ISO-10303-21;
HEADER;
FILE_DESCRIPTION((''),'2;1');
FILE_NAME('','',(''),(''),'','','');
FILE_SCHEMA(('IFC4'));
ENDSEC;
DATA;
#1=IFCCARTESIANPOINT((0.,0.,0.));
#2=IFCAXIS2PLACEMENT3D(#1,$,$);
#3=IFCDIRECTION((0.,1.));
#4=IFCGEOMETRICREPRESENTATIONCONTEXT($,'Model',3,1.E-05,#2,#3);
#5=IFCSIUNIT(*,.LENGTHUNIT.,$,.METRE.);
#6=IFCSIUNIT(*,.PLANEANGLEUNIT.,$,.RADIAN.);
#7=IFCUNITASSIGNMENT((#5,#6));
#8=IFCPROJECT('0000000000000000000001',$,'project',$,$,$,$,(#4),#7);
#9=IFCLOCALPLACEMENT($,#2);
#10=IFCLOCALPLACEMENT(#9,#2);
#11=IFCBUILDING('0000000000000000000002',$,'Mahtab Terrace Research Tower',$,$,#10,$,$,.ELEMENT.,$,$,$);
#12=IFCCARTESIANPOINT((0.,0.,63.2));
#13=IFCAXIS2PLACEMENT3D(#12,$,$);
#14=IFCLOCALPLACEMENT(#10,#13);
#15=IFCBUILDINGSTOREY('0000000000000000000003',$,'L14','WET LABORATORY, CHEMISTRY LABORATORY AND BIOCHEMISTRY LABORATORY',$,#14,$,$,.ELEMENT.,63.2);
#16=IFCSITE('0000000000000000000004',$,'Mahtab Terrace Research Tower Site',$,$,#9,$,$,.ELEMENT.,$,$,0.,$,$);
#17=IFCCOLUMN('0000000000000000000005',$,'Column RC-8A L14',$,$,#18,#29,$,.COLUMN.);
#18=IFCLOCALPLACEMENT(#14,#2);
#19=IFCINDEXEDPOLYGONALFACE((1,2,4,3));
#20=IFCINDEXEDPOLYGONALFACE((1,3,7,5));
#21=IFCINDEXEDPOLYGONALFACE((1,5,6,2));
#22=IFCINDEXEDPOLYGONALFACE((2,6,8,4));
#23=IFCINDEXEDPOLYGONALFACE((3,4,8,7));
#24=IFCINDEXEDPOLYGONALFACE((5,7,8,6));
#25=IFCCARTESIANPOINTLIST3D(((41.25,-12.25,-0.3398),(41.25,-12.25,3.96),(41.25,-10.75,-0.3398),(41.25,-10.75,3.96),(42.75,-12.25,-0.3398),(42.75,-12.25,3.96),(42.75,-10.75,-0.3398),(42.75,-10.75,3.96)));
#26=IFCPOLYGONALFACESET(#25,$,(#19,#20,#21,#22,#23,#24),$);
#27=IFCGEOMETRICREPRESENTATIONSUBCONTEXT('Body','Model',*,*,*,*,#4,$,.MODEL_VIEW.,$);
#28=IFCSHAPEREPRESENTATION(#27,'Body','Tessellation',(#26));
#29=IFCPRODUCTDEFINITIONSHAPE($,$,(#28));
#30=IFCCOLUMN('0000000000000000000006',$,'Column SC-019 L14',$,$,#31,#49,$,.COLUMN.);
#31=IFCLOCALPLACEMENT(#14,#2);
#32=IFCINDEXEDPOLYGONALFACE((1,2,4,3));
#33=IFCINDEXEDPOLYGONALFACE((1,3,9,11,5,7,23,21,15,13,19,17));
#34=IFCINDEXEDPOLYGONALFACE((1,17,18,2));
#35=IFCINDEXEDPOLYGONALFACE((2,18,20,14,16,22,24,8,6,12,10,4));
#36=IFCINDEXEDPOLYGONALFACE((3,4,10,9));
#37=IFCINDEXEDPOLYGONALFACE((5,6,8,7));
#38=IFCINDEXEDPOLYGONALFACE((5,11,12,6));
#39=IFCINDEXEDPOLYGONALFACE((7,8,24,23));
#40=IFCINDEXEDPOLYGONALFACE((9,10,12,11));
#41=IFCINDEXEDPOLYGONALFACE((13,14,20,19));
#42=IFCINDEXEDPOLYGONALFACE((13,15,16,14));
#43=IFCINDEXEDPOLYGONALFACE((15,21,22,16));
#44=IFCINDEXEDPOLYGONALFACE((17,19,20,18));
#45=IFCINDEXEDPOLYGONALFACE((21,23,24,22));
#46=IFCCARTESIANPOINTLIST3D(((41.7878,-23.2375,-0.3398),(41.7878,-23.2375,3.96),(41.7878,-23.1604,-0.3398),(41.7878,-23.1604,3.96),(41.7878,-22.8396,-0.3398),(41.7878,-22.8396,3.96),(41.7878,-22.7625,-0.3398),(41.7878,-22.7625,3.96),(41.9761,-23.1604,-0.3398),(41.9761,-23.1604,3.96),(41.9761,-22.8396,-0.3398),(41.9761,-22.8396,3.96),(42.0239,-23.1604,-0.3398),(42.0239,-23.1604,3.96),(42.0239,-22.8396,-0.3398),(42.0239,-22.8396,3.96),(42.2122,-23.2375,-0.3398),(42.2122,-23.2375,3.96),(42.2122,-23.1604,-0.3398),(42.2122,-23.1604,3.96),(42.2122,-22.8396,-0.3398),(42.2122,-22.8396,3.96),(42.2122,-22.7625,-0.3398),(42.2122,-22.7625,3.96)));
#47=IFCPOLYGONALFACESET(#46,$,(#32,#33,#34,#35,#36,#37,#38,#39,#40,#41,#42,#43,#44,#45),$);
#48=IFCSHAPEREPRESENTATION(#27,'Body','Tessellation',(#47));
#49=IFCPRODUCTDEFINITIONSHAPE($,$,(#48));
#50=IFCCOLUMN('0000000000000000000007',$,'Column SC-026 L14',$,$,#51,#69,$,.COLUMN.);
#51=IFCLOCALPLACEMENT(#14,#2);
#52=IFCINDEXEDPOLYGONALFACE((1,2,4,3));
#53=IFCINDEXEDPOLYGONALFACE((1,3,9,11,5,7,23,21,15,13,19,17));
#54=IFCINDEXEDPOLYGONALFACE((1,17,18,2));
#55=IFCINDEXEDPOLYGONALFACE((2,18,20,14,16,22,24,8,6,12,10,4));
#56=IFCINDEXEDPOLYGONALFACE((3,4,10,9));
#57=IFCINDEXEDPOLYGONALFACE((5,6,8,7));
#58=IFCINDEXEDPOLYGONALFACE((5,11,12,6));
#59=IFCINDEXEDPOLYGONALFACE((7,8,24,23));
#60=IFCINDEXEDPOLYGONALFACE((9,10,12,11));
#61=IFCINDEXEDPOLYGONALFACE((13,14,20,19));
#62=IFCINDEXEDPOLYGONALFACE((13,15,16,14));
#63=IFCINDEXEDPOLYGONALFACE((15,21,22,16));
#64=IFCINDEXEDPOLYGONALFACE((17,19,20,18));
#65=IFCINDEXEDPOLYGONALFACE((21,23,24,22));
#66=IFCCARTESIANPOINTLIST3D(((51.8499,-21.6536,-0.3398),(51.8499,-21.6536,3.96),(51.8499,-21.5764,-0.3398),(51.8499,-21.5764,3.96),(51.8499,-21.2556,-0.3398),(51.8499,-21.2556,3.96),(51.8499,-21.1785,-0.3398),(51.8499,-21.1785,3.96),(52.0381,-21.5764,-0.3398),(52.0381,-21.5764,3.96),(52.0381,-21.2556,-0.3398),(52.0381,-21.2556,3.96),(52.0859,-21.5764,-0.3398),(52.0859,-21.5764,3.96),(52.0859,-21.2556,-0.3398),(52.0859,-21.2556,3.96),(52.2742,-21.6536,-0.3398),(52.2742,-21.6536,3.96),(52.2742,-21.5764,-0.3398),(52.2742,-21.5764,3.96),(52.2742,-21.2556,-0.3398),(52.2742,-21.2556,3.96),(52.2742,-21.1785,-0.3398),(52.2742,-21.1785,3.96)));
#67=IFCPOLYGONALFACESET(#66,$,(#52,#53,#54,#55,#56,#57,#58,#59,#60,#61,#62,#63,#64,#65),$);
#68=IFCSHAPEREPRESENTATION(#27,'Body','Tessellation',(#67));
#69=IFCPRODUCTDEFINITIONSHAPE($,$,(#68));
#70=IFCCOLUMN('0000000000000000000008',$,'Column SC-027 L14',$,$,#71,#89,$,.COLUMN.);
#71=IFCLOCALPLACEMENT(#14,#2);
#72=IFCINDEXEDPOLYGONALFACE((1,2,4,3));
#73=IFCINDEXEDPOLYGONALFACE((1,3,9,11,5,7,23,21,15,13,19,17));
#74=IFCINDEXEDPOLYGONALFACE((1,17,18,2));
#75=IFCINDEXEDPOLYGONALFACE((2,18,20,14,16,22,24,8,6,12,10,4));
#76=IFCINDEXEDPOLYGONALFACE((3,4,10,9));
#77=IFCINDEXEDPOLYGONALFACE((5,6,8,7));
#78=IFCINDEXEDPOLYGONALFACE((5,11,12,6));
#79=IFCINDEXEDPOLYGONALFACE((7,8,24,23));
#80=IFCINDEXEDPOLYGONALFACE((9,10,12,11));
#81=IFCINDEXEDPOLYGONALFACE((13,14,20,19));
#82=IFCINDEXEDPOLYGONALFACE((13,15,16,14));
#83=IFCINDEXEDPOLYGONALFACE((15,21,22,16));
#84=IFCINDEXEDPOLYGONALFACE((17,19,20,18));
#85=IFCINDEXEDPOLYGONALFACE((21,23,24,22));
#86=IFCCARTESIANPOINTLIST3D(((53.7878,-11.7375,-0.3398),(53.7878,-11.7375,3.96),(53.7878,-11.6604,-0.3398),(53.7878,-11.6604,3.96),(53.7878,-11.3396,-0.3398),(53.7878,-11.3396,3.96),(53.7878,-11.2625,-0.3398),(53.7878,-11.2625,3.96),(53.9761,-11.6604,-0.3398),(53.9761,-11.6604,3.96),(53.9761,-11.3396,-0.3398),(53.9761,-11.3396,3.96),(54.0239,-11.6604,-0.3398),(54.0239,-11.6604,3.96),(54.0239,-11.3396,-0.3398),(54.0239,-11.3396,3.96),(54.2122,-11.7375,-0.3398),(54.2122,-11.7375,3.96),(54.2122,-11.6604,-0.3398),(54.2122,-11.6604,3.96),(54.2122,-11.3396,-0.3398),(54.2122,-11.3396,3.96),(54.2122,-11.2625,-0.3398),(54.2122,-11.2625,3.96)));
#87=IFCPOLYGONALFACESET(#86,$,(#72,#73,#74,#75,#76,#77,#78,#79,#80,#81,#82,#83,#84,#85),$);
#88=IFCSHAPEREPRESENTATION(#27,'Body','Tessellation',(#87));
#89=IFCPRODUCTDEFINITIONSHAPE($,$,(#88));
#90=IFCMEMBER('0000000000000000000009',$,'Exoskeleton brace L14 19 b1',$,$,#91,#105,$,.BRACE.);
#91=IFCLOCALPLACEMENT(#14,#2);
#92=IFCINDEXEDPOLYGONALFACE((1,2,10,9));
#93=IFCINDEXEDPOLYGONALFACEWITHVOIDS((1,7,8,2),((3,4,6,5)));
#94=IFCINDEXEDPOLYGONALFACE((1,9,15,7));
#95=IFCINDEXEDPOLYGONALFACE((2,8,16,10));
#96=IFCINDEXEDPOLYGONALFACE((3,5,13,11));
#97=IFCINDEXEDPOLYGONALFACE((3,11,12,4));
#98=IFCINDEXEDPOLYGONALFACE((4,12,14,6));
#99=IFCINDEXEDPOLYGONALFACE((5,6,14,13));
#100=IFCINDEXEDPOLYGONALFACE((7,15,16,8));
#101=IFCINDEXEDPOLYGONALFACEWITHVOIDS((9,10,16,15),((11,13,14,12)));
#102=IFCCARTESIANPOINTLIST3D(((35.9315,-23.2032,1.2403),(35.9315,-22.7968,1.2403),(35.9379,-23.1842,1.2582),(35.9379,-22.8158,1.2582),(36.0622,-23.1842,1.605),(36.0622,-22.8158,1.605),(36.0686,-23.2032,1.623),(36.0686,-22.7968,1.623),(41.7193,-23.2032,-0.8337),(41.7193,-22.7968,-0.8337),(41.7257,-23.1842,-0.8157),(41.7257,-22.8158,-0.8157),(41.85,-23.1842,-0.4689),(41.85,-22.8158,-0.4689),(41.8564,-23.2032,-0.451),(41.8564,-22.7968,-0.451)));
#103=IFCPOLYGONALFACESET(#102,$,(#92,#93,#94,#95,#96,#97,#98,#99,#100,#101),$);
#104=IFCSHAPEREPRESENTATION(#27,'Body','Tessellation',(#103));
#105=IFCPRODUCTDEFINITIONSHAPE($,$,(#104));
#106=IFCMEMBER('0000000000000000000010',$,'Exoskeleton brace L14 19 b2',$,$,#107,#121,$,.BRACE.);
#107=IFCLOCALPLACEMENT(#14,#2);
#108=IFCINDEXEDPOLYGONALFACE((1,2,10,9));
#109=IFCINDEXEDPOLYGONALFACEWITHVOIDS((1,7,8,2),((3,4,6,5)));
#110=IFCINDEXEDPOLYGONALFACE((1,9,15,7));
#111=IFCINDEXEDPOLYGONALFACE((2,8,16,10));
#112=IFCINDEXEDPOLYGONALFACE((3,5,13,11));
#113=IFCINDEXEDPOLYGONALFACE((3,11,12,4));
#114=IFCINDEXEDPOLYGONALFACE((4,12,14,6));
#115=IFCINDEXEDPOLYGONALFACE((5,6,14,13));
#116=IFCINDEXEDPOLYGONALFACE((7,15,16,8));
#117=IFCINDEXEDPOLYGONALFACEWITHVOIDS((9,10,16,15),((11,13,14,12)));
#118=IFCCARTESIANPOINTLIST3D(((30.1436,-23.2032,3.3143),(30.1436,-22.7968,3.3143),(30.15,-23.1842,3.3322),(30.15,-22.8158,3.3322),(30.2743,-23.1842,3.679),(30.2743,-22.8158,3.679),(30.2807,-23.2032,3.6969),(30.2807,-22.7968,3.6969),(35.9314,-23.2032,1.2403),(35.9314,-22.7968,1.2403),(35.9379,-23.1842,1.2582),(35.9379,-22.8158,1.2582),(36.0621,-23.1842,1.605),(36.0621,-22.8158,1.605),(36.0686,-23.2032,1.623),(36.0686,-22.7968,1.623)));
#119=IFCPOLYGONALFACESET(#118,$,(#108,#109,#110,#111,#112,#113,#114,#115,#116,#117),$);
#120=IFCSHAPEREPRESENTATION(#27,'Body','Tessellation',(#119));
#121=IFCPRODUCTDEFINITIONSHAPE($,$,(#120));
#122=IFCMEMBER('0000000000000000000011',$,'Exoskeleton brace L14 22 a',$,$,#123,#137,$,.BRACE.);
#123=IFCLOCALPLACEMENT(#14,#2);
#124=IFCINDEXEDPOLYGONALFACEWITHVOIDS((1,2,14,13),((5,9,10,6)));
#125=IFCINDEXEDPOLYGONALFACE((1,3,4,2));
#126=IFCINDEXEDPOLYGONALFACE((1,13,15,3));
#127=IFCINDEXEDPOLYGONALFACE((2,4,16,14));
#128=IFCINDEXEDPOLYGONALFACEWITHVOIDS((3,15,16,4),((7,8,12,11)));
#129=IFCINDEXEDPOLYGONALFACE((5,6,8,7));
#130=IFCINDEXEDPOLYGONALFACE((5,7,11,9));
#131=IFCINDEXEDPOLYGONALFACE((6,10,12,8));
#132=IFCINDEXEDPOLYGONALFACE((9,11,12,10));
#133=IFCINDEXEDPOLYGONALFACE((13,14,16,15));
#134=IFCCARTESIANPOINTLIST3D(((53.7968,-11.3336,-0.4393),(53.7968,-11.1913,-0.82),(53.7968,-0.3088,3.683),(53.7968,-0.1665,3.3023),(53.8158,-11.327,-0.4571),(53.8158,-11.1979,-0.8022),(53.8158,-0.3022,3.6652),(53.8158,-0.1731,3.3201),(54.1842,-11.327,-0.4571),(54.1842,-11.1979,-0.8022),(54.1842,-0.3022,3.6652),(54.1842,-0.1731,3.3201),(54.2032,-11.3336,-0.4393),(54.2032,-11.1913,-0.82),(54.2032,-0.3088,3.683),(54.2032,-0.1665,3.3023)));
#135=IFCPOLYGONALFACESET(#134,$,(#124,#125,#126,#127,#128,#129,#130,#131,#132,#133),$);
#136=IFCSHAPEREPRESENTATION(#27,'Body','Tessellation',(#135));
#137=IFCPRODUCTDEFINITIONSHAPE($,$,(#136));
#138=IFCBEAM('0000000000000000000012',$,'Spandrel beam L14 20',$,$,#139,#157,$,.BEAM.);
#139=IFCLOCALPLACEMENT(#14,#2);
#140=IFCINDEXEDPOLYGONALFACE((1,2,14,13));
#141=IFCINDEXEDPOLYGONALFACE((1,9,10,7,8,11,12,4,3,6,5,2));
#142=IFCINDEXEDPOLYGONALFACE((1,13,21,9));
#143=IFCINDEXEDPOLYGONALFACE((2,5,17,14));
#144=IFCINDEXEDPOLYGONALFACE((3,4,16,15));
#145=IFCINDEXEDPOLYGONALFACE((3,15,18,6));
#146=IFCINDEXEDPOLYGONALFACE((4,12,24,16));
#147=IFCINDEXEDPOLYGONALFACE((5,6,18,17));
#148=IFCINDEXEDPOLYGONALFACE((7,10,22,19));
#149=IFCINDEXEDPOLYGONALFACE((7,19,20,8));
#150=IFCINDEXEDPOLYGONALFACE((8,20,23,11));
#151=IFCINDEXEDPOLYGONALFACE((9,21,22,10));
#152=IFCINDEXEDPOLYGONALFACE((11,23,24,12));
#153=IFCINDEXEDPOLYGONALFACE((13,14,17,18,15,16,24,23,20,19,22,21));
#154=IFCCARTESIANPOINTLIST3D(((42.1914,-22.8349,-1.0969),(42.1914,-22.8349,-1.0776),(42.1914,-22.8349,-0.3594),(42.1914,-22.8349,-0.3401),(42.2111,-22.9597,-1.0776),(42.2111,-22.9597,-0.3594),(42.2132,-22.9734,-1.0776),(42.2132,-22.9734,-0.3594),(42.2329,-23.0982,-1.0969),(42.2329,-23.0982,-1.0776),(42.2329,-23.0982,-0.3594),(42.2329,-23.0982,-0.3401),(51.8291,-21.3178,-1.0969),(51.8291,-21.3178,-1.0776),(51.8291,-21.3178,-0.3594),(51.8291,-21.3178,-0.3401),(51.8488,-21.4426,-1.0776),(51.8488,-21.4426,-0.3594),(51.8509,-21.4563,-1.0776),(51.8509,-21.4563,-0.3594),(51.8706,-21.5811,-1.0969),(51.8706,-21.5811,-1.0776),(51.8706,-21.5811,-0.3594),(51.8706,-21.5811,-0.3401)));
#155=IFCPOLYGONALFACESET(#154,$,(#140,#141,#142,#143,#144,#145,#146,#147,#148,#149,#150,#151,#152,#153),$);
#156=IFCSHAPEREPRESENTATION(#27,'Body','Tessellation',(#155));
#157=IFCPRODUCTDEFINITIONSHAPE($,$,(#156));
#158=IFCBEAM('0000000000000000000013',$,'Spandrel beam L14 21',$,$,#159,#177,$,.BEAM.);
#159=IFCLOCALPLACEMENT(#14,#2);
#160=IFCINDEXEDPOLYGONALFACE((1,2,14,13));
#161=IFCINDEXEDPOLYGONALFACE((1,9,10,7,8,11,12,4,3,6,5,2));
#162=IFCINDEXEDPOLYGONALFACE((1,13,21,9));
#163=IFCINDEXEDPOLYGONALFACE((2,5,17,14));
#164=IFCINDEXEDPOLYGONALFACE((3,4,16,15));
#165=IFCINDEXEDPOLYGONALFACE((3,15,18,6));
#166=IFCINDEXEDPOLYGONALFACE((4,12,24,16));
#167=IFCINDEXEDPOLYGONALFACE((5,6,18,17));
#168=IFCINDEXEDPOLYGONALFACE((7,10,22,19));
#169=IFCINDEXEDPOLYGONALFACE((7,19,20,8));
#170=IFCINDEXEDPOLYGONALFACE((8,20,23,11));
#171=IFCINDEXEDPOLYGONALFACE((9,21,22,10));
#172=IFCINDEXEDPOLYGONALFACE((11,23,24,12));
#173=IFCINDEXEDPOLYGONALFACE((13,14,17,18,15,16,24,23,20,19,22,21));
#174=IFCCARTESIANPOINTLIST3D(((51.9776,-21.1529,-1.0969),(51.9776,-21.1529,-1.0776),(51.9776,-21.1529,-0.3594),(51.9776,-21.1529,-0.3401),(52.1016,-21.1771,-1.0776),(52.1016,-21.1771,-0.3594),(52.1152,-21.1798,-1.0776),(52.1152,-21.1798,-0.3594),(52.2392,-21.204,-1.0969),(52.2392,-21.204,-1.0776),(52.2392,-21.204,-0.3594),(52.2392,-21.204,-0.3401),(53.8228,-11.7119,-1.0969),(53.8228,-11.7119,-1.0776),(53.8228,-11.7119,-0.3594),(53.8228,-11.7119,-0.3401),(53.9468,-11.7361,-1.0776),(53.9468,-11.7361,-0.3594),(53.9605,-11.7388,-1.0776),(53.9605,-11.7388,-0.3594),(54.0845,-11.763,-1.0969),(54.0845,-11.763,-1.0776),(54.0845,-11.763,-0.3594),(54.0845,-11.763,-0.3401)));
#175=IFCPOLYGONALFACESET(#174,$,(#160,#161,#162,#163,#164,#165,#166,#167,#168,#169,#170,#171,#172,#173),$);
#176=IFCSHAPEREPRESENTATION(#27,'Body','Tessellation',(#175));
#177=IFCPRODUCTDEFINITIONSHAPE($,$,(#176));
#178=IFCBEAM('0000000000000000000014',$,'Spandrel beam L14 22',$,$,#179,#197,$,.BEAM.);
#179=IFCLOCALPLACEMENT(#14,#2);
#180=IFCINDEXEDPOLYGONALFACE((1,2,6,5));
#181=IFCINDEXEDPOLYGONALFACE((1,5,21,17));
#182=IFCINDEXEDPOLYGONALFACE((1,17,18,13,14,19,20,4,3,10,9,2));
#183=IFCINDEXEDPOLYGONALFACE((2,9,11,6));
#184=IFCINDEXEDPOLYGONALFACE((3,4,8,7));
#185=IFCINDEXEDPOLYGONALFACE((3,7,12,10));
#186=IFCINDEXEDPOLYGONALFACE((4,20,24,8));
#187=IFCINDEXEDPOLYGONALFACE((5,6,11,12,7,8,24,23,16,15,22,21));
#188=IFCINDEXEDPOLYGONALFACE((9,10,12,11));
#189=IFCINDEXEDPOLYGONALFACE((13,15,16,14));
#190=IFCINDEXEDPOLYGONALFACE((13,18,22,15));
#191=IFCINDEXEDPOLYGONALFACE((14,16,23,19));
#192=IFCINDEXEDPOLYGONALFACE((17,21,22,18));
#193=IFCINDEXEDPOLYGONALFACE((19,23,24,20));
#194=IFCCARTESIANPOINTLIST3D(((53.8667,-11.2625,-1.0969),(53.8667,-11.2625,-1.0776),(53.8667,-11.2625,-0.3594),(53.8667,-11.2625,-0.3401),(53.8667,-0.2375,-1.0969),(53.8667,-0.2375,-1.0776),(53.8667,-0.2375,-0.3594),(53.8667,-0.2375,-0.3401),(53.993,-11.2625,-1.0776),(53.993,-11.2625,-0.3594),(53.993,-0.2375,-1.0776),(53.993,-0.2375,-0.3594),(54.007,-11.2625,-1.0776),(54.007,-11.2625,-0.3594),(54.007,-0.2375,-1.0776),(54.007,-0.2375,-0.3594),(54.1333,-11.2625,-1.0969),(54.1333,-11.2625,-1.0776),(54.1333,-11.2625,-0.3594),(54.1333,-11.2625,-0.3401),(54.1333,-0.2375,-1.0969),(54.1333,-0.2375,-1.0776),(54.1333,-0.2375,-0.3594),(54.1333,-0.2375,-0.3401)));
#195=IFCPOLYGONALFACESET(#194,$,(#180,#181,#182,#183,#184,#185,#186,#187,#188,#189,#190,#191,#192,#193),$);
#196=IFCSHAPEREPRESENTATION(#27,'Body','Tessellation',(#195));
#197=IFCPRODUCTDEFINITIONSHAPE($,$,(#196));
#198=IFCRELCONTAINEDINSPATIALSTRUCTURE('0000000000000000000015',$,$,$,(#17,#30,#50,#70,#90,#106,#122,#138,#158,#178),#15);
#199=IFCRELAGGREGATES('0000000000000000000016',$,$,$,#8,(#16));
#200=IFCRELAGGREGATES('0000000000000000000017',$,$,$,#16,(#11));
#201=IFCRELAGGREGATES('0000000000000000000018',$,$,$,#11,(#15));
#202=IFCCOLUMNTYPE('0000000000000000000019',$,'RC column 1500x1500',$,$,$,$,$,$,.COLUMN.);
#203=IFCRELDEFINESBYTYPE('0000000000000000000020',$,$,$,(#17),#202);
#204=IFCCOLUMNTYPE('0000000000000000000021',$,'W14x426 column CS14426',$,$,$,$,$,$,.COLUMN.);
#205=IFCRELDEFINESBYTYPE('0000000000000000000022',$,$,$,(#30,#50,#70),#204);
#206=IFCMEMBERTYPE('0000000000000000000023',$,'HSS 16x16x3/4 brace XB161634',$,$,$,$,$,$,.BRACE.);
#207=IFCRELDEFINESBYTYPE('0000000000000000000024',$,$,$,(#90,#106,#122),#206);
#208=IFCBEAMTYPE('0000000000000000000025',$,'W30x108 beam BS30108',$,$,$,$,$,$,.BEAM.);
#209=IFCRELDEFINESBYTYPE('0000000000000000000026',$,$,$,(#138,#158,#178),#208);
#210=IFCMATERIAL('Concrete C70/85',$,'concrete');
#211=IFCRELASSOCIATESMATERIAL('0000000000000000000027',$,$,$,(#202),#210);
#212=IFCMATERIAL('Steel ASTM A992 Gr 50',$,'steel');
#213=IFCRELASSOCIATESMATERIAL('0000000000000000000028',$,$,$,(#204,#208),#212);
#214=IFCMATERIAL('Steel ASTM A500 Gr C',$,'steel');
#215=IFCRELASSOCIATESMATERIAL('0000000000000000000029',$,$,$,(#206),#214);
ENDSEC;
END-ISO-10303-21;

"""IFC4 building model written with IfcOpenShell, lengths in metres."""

from ifc_helpers import new_model, si_unit, direction, frame, origin, origin_2d, place, context, subcontext, project, spatial, rectangle, hollow_rectangle, i_section, extrude, material, material_profile, profile_set, type_object, element, save


model = new_model("IFC4")

# Units and contexts
model_context = context("Model", 3, precision=1e-05, world=origin(), true_north=direction((0.0, 1.0)))
body_context = subcontext(model_context, "Body", "Model", "MODEL_VIEW")
ifc_project = project(units=[si_unit("LENGTHUNIT", "METRE"), si_unit("PLANEANGLEUNIT", "RADIAN")], contexts=[model_context])

# Site, building, storey
site_placement = place(None, origin())
site = spatial("IfcSite", under=ifc_project, at=site_placement, Name="Mahtab Terrace Research Tower Site", CompositionType="ELEMENT", RefElevation=0.0)
building_placement = place(site_placement, origin())
building = spatial("IfcBuilding", under=site, at=building_placement, Name="Mahtab Terrace Research Tower", CompositionType="ELEMENT")
storey_placement = place(building_placement, frame((0.0, 0.0, 63.2)))
storey = spatial("IfcBuildingStorey", under=building, at=storey_placement, Name="L14", Description="WET LABORATORY, CHEMISTRY LABORATORY AND BIOCHEMISTRY LABORATORY", CompositionType="ELEMENT", Elevation=63.2)

# Columns
ifc_material_1 = material(Name="Concrete C70/85", Category="concrete")
ifc_material_profile_1 = material_profile(ifc_material_1, rectangle(XDim=1.5, YDim=1.5, at=origin_2d()), Name="RC column 1500x1500")
ifc_profile_set_1 = profile_set([ifc_material_profile_1], Name="Concrete C70/85")
column_type_1 = type_object("IfcColumnType", Name="RC column 1500x1500", PredefinedType="COLUMN", material=ifc_profile_set_1)
column_placement = place(storey_placement, frame((42.0, -11.5, -0.3398), z_axis=(0.0, 0.0, 1.0), x_axis=(1.0, 0.0, 0.0)))
element("IfcColumn", 1, at=column_placement, inside=storey, type_object=column_type_1, Name="Column RC-8A L14", PredefinedType="COLUMN", context=body_context, shape_type="SweptSolid", body=[
    extrude(rectangle(XDim=1.5, YDim=1.5, at=origin_2d()), origin(), (0.0, 0.0, 1.0), 4.2998),
])
ifc_material_2 = material(Name="Steel ASTM A992 Gr 50", Category="steel")
ifc_material_profile_2 = material_profile(ifc_material_2, i_section(OverallWidth=0.4243, OverallDepth=0.4751, WebThickness=0.0479, FlangeThickness=0.0771, at=origin_2d()), Name="W14X426")
ifc_profile_set_2 = profile_set([ifc_material_profile_2], Name="Steel ASTM A992 Gr 50")
column_type_2 = type_object("IfcColumnType", Name="W14x426 column CS14426", PredefinedType="COLUMN", material=ifc_profile_set_2)
for number, where, z_axis, x_axis, name in (
    (2, (42.0, -23.0, -0.3398), (0.0, 0.0, 1.0), (1.0, 0.0, 0.0), "Column SC-019 L14"),
    (3, (52.062, -21.416, -0.3398), (0.0, 0.0, 1.0), (1.0, 0.0, 0.0), "Column SC-026 L14"),
    (4, (54.0, -11.5, -0.3398), (0.0, 0.0, 1.0), (1.0, 0.0, 0.0), "Column SC-027 L14"),
):
    element("IfcColumn", number, at=place(storey_placement, frame(where, z_axis=z_axis, x_axis=x_axis)), inside=storey, type_object=column_type_2, Name=name, PredefinedType="COLUMN", context=body_context, shape_type="SweptSolid", body=[
        extrude(i_section(OverallWidth=0.4243, OverallDepth=0.4751, WebThickness=0.0479, FlangeThickness=0.0771, at=origin_2d()), origin(), (0.0, 0.0, 1.0), 4.2998),
    ])

# Members
ifc_material_3 = material(Name="Steel ASTM A500 Gr C", Category="steel")
ifc_material_profile_3 = material_profile(ifc_material_3, hollow_rectangle(XDim=0.4065, YDim=0.4065, WallThickness=0.019, at=origin_2d()), Name="HSS16X16X3/4")
ifc_profile_set_3 = profile_set([ifc_material_profile_3], Name="Steel ASTM A500 Gr C")
member_type = type_object("IfcMemberType", Name="HSS 16x16x3/4 brace XB161634", PredefinedType="BRACE", material=ifc_profile_set_3)
for number, where, z_axis, x_axis, name in (
    (5, (41.7878, -23.0, -0.6423), (-0.941387, 0.0, 0.33733), (0.0, -1.0, 0.0), "Exoskeleton brace L14 19 b1"),
    (6, (36.0, -23.0, 1.4316), (-0.941387, 0.0, 0.33733), (0.0, -1.0, 0.0), "Exoskeleton brace L14 19 b2"),
):
    element("IfcMember", number, at=place(storey_placement, frame(where, z_axis=z_axis, x_axis=x_axis)), inside=storey, type_object=member_type, Name=name, PredefinedType="BRACE", context=body_context, shape_type="SweptSolid", body=[
        extrude(hollow_rectangle(XDim=0.4065, YDim=0.4065, WallThickness=0.019, at=origin_2d()), origin(), (0.0, 0.0, 1.0), 6.1482),
    ])
member_placement = place(storey_placement, frame((54.0, -11.2625, -0.6296), z_axis=(0.0, 0.936665, 0.350228), x_axis=(-1.0, 0.0, 0.0)))
element("IfcMember", 7, at=member_placement, inside=storey, type_object=member_type, Name="Exoskeleton brace L14 22 a", PredefinedType="BRACE", context=body_context, shape_type="SweptSolid", body=[
    extrude(hollow_rectangle(XDim=0.4065, YDim=0.4065, WallThickness=0.019, at=origin_2d()), origin(), (0.0, 0.0, 1.0), 11.7703),
])

# Beams
ifc_material_profile_4 = material_profile(ifc_material_2, i_section(OverallWidth=0.2666, OverallDepth=0.7568, WebThickness=0.0139, FlangeThickness=0.0193, at=origin_2d()), Name="W30X108")
ifc_profile_set_4 = profile_set([ifc_material_profile_4], Name="Steel ASTM A992 Gr 50")
beam_type = type_object("IfcBeamType", Name="W30x108 beam BS30108", PredefinedType="BEAM", material=ifc_profile_set_4)
beam_1_placement = place(storey_placement, frame((42.2122, -22.9666, -0.7185), z_axis=(0.987836, 0.155497, 0.0), x_axis=(-0.155497, 0.987836, 0.0)))
element("IfcBeam", 8, at=beam_1_placement, inside=storey, type_object=beam_type, Name="Spandrel beam L14 20", PredefinedType="BEAM", context=body_context, shape_type="SweptSolid", body=[
    extrude(i_section(OverallWidth=0.2666, OverallDepth=0.7568, WebThickness=0.0139, FlangeThickness=0.0193, at=origin_2d()), origin(), (0.0, 0.0, 1.0), 9.7563),
])
beam_2_placement = place(storey_placement, frame((52.1084, -21.1785, -0.7185), z_axis=(0.191819, 0.98143, 0.0), x_axis=(-0.98143, 0.191819, 0.0)))
element("IfcBeam", 9, at=beam_2_placement, inside=storey, type_object=beam_type, Name="Spandrel beam L14 21", PredefinedType="BEAM", context=body_context, shape_type="SweptSolid", body=[
    extrude(i_section(OverallWidth=0.2666, OverallDepth=0.7568, WebThickness=0.0139, FlangeThickness=0.0193, at=origin_2d()), origin(), (0.0, 0.0, 1.0), 9.6196),
])
beam_3_placement = place(storey_placement, frame((54.0, -11.2625, -0.7185), z_axis=(0.0, 1.0, 0.0), x_axis=(-1.0, 0.0, 0.0)))
element("IfcBeam", 10, at=beam_3_placement, inside=storey, type_object=beam_type, Name="Spandrel beam L14 22", PredefinedType="BEAM", context=body_context, shape_type="SweptSolid", body=[
    extrude(i_section(OverallWidth=0.2666, OverallDepth=0.7568, WebThickness=0.0139, FlangeThickness=0.0193, at=origin_2d()), origin(), (0.0, 0.0, 1.0), 11.0249),
])

save(model, "model.ifc")
